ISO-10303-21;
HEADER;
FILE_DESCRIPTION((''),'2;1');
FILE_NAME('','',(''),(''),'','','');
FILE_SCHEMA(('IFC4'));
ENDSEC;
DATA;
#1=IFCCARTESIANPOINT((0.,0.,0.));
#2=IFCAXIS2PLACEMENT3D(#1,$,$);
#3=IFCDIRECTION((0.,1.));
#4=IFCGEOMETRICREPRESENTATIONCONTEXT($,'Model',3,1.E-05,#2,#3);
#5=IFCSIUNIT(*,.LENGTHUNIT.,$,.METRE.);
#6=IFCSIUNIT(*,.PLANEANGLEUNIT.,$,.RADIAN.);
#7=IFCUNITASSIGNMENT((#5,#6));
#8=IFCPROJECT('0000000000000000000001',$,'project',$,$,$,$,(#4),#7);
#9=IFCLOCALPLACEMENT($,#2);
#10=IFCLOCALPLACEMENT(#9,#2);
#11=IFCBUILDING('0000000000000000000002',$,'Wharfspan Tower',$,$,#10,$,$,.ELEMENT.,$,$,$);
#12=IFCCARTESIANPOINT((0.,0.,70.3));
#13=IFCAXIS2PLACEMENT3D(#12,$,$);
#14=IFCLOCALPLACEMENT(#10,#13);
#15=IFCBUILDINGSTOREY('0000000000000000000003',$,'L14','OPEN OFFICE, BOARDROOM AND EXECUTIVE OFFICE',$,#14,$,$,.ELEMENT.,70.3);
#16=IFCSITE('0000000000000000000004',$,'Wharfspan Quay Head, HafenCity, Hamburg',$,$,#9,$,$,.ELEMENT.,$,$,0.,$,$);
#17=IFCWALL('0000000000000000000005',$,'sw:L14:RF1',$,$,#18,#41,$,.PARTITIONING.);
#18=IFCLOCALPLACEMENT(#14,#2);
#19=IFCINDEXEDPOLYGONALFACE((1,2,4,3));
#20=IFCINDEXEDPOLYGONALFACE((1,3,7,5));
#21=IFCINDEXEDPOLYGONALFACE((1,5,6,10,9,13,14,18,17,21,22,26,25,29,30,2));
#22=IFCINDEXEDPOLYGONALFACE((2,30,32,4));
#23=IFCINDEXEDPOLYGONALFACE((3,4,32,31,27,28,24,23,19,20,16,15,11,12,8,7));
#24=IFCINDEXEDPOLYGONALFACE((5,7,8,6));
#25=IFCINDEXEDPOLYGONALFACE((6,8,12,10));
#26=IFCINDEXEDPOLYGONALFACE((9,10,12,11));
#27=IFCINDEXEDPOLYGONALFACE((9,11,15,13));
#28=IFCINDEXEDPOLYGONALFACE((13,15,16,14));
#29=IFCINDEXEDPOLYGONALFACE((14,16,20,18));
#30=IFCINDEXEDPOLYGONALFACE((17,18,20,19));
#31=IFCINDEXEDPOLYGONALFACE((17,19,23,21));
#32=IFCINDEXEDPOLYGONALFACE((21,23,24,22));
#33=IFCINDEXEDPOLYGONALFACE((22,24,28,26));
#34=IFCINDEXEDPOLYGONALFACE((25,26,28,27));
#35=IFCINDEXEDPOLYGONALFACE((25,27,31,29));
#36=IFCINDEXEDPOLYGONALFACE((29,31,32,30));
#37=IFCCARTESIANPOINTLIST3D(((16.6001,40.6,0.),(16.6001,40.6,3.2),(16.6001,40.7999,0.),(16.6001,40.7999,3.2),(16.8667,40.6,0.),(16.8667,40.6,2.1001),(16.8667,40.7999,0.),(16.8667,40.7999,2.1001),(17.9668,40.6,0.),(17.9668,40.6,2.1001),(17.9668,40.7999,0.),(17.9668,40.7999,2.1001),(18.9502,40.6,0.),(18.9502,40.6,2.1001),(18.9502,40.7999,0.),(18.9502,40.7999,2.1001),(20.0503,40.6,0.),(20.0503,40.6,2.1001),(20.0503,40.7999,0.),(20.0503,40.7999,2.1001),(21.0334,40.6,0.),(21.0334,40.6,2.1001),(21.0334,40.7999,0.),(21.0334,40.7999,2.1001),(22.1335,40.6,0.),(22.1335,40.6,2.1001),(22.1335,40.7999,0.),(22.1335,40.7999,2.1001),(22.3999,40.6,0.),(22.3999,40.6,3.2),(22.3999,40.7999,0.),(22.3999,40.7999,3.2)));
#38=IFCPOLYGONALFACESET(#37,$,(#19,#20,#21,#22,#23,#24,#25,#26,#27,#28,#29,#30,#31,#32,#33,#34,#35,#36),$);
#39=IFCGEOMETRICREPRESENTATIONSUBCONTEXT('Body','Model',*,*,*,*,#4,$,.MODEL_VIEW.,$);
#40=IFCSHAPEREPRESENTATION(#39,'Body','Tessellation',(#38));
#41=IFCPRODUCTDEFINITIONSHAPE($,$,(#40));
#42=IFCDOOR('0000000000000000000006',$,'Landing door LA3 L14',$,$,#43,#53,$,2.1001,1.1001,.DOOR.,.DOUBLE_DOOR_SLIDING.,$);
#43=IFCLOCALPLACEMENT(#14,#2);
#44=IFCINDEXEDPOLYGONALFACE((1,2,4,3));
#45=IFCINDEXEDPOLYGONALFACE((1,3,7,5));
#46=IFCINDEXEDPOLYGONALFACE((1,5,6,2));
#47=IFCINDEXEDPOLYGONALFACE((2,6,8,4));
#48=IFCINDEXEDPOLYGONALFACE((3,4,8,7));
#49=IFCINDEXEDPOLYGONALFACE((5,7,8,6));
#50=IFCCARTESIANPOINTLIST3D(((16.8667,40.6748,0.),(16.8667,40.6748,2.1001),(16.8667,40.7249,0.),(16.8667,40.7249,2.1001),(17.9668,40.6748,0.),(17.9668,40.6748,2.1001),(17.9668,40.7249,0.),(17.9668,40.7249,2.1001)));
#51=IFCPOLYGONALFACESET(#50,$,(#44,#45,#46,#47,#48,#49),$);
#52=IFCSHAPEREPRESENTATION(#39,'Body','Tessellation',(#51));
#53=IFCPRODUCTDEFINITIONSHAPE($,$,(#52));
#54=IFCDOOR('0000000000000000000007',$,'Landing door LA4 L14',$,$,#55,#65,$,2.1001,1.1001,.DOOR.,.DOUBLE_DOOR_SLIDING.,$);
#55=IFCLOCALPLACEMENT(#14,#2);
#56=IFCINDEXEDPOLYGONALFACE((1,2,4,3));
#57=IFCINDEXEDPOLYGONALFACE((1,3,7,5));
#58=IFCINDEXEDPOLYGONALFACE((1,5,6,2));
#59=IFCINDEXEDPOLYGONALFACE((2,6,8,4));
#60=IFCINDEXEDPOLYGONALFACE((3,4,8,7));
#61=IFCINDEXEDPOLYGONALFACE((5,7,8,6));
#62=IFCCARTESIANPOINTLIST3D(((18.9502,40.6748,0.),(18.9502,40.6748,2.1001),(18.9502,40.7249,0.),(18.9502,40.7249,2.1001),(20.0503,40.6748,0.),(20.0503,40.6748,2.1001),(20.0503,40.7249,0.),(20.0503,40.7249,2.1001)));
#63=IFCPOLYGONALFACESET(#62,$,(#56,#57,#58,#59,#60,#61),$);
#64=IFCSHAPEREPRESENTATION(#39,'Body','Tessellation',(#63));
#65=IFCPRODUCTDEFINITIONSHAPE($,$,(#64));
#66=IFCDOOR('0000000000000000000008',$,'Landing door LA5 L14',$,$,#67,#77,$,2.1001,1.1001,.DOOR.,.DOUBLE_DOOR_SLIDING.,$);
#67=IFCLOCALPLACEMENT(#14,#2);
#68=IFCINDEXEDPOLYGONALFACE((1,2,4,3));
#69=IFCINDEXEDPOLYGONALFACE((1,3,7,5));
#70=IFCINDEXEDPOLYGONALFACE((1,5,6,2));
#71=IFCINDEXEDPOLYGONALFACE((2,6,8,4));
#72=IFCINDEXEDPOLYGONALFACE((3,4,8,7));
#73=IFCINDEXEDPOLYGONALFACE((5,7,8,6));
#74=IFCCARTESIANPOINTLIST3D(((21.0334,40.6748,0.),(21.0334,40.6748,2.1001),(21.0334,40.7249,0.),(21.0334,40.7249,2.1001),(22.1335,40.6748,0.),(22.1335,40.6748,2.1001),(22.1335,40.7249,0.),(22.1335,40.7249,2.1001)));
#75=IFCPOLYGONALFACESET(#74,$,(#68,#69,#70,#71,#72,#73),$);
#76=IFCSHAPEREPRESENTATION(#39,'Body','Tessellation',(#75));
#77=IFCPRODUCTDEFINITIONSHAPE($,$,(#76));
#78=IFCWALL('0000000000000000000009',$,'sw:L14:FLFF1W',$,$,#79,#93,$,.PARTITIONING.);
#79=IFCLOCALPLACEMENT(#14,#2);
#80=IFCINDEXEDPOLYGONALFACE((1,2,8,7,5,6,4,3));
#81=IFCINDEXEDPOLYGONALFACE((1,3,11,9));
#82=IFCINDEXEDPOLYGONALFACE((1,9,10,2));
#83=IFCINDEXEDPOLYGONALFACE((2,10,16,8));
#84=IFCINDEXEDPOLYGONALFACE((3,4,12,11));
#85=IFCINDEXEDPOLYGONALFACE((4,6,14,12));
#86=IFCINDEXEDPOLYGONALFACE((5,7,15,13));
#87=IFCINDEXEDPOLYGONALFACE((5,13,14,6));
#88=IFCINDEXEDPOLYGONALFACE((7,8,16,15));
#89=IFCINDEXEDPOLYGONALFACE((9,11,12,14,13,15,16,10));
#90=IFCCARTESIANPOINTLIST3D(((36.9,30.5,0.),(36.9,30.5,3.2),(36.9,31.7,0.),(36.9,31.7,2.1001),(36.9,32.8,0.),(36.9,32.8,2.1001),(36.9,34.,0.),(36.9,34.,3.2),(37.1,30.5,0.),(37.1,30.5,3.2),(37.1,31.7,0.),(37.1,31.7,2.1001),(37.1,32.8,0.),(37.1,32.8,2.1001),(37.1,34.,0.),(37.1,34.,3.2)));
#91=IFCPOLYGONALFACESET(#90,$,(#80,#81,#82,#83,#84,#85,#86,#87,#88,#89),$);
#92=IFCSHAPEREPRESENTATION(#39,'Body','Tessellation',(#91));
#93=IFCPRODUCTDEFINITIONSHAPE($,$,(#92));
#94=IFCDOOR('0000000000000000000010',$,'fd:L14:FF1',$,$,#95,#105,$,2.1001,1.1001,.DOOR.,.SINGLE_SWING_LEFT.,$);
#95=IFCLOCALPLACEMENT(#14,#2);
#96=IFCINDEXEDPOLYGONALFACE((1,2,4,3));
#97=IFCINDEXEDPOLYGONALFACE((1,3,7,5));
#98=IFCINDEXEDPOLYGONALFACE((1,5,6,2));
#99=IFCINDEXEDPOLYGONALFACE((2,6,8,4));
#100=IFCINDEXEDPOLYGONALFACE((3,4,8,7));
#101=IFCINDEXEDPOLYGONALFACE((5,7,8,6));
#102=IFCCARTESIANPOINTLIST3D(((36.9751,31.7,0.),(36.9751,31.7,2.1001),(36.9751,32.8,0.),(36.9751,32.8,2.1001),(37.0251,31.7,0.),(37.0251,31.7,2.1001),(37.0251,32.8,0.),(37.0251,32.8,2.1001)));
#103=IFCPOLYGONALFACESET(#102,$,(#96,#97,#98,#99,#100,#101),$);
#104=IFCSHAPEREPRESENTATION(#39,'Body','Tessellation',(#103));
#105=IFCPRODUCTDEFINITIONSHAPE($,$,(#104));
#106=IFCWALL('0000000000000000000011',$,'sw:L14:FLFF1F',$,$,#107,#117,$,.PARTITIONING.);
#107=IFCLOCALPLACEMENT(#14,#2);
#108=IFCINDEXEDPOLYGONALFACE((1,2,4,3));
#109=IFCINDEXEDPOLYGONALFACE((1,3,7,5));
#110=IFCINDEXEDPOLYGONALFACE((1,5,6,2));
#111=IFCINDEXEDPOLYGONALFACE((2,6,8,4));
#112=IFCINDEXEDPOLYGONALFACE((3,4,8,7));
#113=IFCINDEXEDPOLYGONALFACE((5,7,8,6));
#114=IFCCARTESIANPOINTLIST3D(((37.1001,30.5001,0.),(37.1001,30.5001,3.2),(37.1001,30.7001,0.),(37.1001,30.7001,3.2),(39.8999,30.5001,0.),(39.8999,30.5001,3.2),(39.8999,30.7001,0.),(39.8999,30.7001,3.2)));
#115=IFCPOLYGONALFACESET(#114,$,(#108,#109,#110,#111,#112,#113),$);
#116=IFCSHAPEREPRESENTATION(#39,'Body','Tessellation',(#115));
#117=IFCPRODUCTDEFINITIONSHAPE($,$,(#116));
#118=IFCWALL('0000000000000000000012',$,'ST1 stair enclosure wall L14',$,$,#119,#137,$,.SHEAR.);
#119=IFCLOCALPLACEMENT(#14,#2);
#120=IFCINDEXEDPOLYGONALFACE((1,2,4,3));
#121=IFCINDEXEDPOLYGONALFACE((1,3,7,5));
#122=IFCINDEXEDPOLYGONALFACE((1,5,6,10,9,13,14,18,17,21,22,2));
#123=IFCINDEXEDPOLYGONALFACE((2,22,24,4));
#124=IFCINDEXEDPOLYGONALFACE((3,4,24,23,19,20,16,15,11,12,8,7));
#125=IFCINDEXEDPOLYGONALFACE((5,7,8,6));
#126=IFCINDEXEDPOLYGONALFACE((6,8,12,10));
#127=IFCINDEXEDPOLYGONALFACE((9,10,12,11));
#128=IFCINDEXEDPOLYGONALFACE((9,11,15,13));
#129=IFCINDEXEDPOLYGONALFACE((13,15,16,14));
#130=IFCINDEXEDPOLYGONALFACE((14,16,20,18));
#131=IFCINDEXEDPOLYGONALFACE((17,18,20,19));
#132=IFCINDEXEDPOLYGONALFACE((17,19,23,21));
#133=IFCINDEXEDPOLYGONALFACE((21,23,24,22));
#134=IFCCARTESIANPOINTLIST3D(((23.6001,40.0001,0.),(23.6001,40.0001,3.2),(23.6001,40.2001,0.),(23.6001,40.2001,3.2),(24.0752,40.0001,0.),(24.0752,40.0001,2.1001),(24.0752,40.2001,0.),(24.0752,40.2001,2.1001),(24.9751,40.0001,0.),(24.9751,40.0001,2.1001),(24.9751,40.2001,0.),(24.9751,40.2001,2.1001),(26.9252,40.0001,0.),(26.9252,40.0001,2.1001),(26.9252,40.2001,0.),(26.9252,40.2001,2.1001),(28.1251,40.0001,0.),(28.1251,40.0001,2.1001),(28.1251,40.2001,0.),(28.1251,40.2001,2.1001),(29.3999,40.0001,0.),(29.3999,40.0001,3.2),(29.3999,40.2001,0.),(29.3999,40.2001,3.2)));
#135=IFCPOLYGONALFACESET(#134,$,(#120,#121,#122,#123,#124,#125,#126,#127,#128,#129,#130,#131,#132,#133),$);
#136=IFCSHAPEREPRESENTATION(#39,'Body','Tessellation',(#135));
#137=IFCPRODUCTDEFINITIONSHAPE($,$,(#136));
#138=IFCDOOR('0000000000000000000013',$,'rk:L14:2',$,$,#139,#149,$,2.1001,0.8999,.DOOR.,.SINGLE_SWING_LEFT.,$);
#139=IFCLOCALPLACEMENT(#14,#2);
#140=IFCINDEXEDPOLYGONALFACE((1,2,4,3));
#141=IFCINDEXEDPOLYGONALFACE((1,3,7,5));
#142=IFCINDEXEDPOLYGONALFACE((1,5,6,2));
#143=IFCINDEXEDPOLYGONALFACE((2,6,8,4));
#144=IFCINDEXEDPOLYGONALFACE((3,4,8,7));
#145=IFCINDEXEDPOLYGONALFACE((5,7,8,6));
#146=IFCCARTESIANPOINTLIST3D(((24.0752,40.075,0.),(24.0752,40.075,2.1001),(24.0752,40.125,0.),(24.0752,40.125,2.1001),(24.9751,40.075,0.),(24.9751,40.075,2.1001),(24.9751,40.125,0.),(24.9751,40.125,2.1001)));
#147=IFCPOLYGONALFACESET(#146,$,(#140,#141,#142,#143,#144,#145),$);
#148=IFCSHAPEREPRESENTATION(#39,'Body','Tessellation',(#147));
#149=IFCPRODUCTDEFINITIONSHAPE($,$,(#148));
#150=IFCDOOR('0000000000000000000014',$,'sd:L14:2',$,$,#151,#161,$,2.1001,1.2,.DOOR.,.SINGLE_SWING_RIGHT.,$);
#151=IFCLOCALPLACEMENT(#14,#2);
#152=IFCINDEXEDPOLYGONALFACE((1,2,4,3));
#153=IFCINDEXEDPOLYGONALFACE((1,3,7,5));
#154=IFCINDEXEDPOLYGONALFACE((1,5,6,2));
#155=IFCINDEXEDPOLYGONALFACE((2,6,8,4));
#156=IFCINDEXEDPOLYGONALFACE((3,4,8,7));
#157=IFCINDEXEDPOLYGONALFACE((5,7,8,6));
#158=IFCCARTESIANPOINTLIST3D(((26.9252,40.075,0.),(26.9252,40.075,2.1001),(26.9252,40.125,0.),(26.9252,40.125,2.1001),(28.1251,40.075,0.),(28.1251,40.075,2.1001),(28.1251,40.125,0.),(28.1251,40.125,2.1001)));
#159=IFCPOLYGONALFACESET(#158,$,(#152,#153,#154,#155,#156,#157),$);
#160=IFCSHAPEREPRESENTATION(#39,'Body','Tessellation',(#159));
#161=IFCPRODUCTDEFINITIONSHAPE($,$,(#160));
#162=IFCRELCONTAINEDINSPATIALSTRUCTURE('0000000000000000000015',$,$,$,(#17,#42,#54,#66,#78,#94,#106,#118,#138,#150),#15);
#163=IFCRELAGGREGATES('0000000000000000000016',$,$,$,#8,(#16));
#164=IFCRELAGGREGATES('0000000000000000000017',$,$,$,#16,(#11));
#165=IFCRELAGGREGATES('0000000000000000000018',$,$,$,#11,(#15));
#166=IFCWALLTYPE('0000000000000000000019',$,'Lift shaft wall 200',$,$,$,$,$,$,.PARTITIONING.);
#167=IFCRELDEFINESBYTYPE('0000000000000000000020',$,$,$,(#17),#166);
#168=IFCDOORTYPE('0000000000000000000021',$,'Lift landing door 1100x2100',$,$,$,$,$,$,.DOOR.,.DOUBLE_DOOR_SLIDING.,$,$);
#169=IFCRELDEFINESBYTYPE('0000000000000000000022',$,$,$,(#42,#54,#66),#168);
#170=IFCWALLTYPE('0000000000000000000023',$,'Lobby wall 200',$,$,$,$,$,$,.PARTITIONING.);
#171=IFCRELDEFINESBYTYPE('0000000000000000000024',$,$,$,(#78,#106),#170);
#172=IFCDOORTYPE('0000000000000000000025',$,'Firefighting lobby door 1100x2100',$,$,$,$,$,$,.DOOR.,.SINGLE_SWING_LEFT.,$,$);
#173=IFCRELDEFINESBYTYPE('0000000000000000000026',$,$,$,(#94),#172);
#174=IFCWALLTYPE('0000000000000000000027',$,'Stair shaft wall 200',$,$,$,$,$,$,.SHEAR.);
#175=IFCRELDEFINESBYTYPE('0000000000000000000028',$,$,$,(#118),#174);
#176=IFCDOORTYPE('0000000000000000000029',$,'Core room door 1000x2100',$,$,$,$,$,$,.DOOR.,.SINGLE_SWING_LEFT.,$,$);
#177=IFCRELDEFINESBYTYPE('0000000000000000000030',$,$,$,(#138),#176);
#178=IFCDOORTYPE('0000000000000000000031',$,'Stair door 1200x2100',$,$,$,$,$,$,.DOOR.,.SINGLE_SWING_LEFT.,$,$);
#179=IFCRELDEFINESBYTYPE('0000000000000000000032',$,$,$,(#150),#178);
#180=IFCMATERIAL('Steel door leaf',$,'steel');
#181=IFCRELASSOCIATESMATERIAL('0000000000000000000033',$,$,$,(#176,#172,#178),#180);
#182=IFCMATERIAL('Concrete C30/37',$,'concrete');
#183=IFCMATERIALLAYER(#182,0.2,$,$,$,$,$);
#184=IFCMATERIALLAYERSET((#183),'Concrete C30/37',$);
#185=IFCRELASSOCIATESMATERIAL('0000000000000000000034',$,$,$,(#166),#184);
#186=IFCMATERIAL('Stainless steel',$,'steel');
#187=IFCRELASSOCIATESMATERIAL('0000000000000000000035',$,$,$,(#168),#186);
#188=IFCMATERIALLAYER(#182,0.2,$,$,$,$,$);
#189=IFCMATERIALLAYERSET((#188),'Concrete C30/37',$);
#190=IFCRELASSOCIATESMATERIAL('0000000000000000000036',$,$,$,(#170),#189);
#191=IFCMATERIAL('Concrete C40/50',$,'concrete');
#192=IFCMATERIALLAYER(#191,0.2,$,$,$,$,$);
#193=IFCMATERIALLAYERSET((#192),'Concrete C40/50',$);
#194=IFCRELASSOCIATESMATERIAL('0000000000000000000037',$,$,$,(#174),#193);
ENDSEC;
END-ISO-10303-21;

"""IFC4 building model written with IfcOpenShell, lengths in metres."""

from ifc_helpers import new_model, si_unit, direction, frame, frame_2d, origin, place, context, subcontext, project, spatial, rectangle, extrude, material, layer, layer_set, type_object, element, fill, save


model = new_model("IFC4")

# Units and contexts
model_context = context("Model", 3, precision=1e-05, world=origin(), true_north=direction((0.0, 1.0)))
body_context = subcontext(model_context, "Body", "Model", "MODEL_VIEW")
ifc_project = project(units=[si_unit("LENGTHUNIT", "METRE"), si_unit("PLANEANGLEUNIT", "RADIAN")], contexts=[model_context])

# Site, building, storey
site_placement = place(None, origin())
site = spatial("IfcSite", under=ifc_project, at=site_placement, Name="Wharfspan Quay Head, HafenCity, Hamburg", CompositionType="ELEMENT", RefElevation=0.0)
building_placement = place(site_placement, origin())
building = spatial("IfcBuilding", under=site, at=building_placement, Name="Wharfspan Tower", CompositionType="ELEMENT")
storey_placement = place(building_placement, frame((0.0, 0.0, 70.3)))
storey = spatial("IfcBuildingStorey", under=building, at=storey_placement, Name="L14", Description="OPEN OFFICE, BOARDROOM AND EXECUTIVE OFFICE", CompositionType="ELEMENT", Elevation=70.3)

# Shared definitions
ifc_material_1 = material(Name="Steel door leaf", Category="steel")
door_type_1 = type_object("IfcDoorType", Name="Core room door 1000x2100", OperationType="SINGLE_SWING_LEFT", PredefinedType="DOOR", material=ifc_material_1)

# Wall, openings, doors
ifc_material_2 = material(Name="Concrete C30/37", Category="concrete")
ifc_layer_1 = layer(ifc_material_2, 0.2)
ifc_layer_set_1 = layer_set([ifc_layer_1], Name="Concrete C30/37")
wall_type_1 = type_object("IfcWallType", Name="Lift shaft wall 200", PredefinedType="PARTITIONING", material=ifc_layer_set_1)
wall_1_placement = place(storey_placement, frame((16.6001, 40.7, 0.0), z_axis=(0.0, 0.0, 1.0), x_axis=(1.0, 0.0, 0.0)))
wall_1 = element("IfcWall", 1, at=wall_1_placement, inside=storey, type_object=wall_type_1, Name="sw:L14:RF1", PredefinedType="PARTITIONING", context=body_context, shape_type="SweptSolid", body=[
    extrude(rectangle(XDim=5.7998, YDim=0.2, at=frame_2d((2.8999, 0.0))), origin(), (0.0, 0.0, 1.0), 3.2),
])
opening_1_placement = place(wall_1_placement, frame((0.2666, 0.0, 0.0)))
opening_1 = element("IfcOpeningElement", 2, at=opening_1_placement, cuts=wall_1, PredefinedType="OPENING", context=body_context, shape_type="SweptSolid", body=[
    extrude(rectangle(XDim=1.1001, YDim=2.1001, at=frame_2d((0.55, 1.05))), frame((0.0, 0.1099, 0.0), z_axis=(0.0, -1.0, 0.0), x_axis=(1.0, 0.0, 0.0)), (0.0, 0.0, 1.0), 0.22),
])
opening_2_placement = place(wall_1_placement, frame((2.3501, 0.0, 0.0)))
opening_2 = element("IfcOpeningElement", 3, at=opening_2_placement, cuts=wall_1, PredefinedType="OPENING", context=body_context, shape_type="SweptSolid", body=[
    extrude(rectangle(XDim=1.1001, YDim=2.1001, at=frame_2d((0.55, 1.05))), frame((0.0, 0.1099, 0.0), z_axis=(0.0, -1.0, 0.0), x_axis=(1.0, 0.0, 0.0)), (0.0, 0.0, 1.0), 0.22),
])
opening_3_placement = place(wall_1_placement, frame((4.4333, 0.0, 0.0)))
opening_3 = element("IfcOpeningElement", 4, at=opening_3_placement, cuts=wall_1, PredefinedType="OPENING", context=body_context, shape_type="SweptSolid", body=[
    extrude(rectangle(XDim=1.1001, YDim=2.1001, at=frame_2d((0.55, 1.05))), frame((0.0, 0.1099, 0.0), z_axis=(0.0, -1.0, 0.0), x_axis=(1.0, 0.0, 0.0)), (0.0, 0.0, 1.0), 0.22),
])
ifc_material_3 = material(Name="Stainless steel", Category="steel")
door_type_2 = type_object("IfcDoorType", Name="Lift landing door 1100x2100", OperationType="DOUBLE_DOOR_SLIDING", PredefinedType="DOOR", material=ifc_material_3)
door_1_placement = place(opening_1_placement, origin())
door_1 = element("IfcDoor", 5, at=door_1_placement, inside=storey, type_object=door_type_2, Name="Landing door LA3 L14", OperationType="DOUBLE_DOOR_SLIDING", OverallHeight=2.1001, OverallWidth=1.1001, PredefinedType="DOOR", context=body_context, shape_type="SweptSolid", body=[
    extrude(rectangle(XDim=1.1001, YDim=2.1001, at=frame_2d((0.55, 1.05))), frame((0.0, 0.0249, 0.0), z_axis=(0.0, -1.0, 0.0), x_axis=(1.0, 0.0, 0.0)), (0.0, 0.0, 1.0), 0.05),
])
fill(opening_1, door_1)
door_2_placement = place(opening_2_placement, origin())
door_2 = element("IfcDoor", 6, at=door_2_placement, inside=storey, type_object=door_type_2, Name="Landing door LA4 L14", OperationType="DOUBLE_DOOR_SLIDING", OverallHeight=2.1001, OverallWidth=1.1001, PredefinedType="DOOR", context=body_context, shape_type="SweptSolid", body=[
    extrude(rectangle(XDim=1.1001, YDim=2.1001, at=frame_2d((0.55, 1.05))), frame((0.0, 0.0249, 0.0), z_axis=(0.0, -1.0, 0.0), x_axis=(1.0, 0.0, 0.0)), (0.0, 0.0, 1.0), 0.05),
])
fill(opening_2, door_2)
door_3_placement = place(opening_3_placement, origin())
door_3 = element("IfcDoor", 7, at=door_3_placement, inside=storey, type_object=door_type_2, Name="Landing door LA5 L14", OperationType="DOUBLE_DOOR_SLIDING", OverallHeight=2.1001, OverallWidth=1.1001, PredefinedType="DOOR", context=body_context, shape_type="SweptSolid", body=[
    extrude(rectangle(XDim=1.1001, YDim=2.1001, at=frame_2d((0.55, 1.05))), frame((0.0, 0.0249, 0.0), z_axis=(0.0, -1.0, 0.0), x_axis=(1.0, 0.0, 0.0)), (0.0, 0.0, 1.0), 0.05),
])
fill(opening_3, door_3)

# Wall, opening, door
ifc_layer_2 = layer(ifc_material_2, 0.2)
ifc_layer_set_2 = layer_set([ifc_layer_2], Name="Concrete C30/37")
wall_type_2 = type_object("IfcWallType", Name="Lobby wall 200", PredefinedType="PARTITIONING", material=ifc_layer_set_2)
wall_2_placement = place(storey_placement, frame((37.0, 30.5, 0.0), z_axis=(0.0, 0.0, 1.0), x_axis=(0.0, 1.0, 0.0)))
wall_2 = element("IfcWall", 8, at=wall_2_placement, inside=storey, type_object=wall_type_2, Name="sw:L14:FLFF1W", PredefinedType="PARTITIONING", context=body_context, shape_type="SweptSolid", body=[
    extrude(rectangle(XDim=3.5, YDim=0.2, at=frame_2d((1.75, 0.0))), origin(), (0.0, 0.0, 1.0), 3.2),
])
opening_4_placement = place(wall_2_placement, frame((1.2, 0.0, 0.0)))
opening_4 = element("IfcOpeningElement", 9, at=opening_4_placement, cuts=wall_2, PredefinedType="OPENING", context=body_context, shape_type="SweptSolid", body=[
    extrude(rectangle(XDim=1.1001, YDim=2.1001, at=frame_2d((0.55, 1.05))), frame((0.0, 0.1099, 0.0), z_axis=(0.0, -1.0, 0.0), x_axis=(1.0, 0.0, 0.0)), (0.0, 0.0, 1.0), 0.22),
])
door_type_3 = type_object("IfcDoorType", Name="Firefighting lobby door 1100x2100", OperationType="SINGLE_SWING_LEFT", PredefinedType="DOOR", material=ifc_material_1)
door_4_placement = place(opening_4_placement, origin())
door_4 = element("IfcDoor", 10, at=door_4_placement, inside=storey, type_object=door_type_3, Name="fd:L14:FF1", OperationType="SINGLE_SWING_LEFT", OverallHeight=2.1001, OverallWidth=1.1001, PredefinedType="DOOR", context=body_context, shape_type="SweptSolid", body=[
    extrude(rectangle(XDim=1.1001, YDim=2.1001, at=frame_2d((0.55, 1.05))), frame((0.0, 0.0249, 0.0), z_axis=(0.0, -1.0, 0.0), x_axis=(1.0, 0.0, 0.0)), (0.0, 0.0, 1.0), 0.05),
])
fill(opening_4, door_4)

# Wall
wall_3_placement = place(storey_placement, frame((37.1001, 30.6001, 0.0), z_axis=(0.0, 0.0, 1.0), x_axis=(1.0, 0.0, 0.0)))
element("IfcWall", 11, at=wall_3_placement, inside=storey, type_object=wall_type_2, Name="sw:L14:FLFF1F", PredefinedType="PARTITIONING", context=body_context, shape_type="SweptSolid", body=[
    extrude(rectangle(XDim=2.7998, YDim=0.2, at=frame_2d((1.3999, 0.0))), origin(), (0.0, 0.0, 1.0), 3.2),
])

# Wall, openings, doors
ifc_material_4 = material(Name="Concrete C40/50", Category="concrete")
ifc_layer_3 = layer(ifc_material_4, 0.2)
ifc_layer_set_3 = layer_set([ifc_layer_3], Name="Concrete C40/50")
wall_type_3 = type_object("IfcWallType", Name="Stair shaft wall 200", PredefinedType="SHEAR", material=ifc_layer_set_3)
wall_4_placement = place(storey_placement, frame((23.6001, 40.1001, 0.0), z_axis=(0.0, 0.0, 1.0), x_axis=(1.0, 0.0, 0.0)))
wall_4 = element("IfcWall", 12, at=wall_4_placement, inside=storey, type_object=wall_type_3, Name="ST1 stair enclosure wall L14", PredefinedType="SHEAR", context=body_context, shape_type="SweptSolid", body=[
    extrude(rectangle(XDim=5.7998, YDim=0.2, at=frame_2d((2.8999, 0.0))), origin(), (0.0, 0.0, 1.0), 3.2),
])
opening_5_placement = place(wall_4_placement, frame((3.325, 0.0, 0.0)))
opening_5 = element("IfcOpeningElement", 13, at=opening_5_placement, cuts=wall_4, PredefinedType="OPENING", context=body_context, shape_type="SweptSolid", body=[
    extrude(rectangle(XDim=1.2, YDim=2.1001, at=frame_2d((0.6001, 1.05))), frame((0.0, 0.1099, 0.0), z_axis=(0.0, -1.0, 0.0), x_axis=(1.0, 0.0, 0.0)), (0.0, 0.0, 1.0), 0.22),
])
opening_6_placement = place(wall_4_placement, frame((0.4751, 0.0, 0.0)))
opening_6 = element("IfcOpeningElement", 14, at=opening_6_placement, cuts=wall_4, PredefinedType="OPENING", context=body_context, shape_type="SweptSolid", body=[
    extrude(rectangle(XDim=0.8999, YDim=2.1001, at=frame_2d((0.45, 1.05))), frame((0.0, 0.1099, 0.0), z_axis=(0.0, -1.0, 0.0), x_axis=(1.0, 0.0, 0.0)), (0.0, 0.0, 1.0), 0.22),
])
door_5_placement = place(opening_6_placement, origin())
door_5 = element("IfcDoor", 15, at=door_5_placement, inside=storey, type_object=door_type_1, Name="rk:L14:2", OperationType="SINGLE_SWING_LEFT", OverallHeight=2.1001, OverallWidth=0.8999, PredefinedType="DOOR", context=body_context, shape_type="SweptSolid", body=[
    extrude(rectangle(XDim=0.8999, YDim=2.1001, at=frame_2d((0.45, 1.05))), frame((0.0, 0.0249, 0.0), z_axis=(0.0, -1.0, 0.0), x_axis=(1.0, 0.0, 0.0)), (0.0, 0.0, 1.0), 0.05),
])
fill(opening_6, door_5)
door_type_4 = type_object("IfcDoorType", Name="Stair door 1200x2100", OperationType="SINGLE_SWING_LEFT", PredefinedType="DOOR", material=ifc_material_1)
door_6_placement = place(opening_5_placement, origin())
door_6 = element("IfcDoor", 16, at=door_6_placement, inside=storey, type_object=door_type_4, Name="sd:L14:2", OperationType="SINGLE_SWING_RIGHT", OverallHeight=2.1001, OverallWidth=1.2, PredefinedType="DOOR", context=body_context, shape_type="SweptSolid", body=[
    extrude(rectangle(XDim=1.2, YDim=2.1001, at=frame_2d((0.6001, 1.05))), frame((0.0, 0.0249, 0.0), z_axis=(0.0, -1.0, 0.0), x_axis=(1.0, 0.0, 0.0)), (0.0, 0.0, 1.0), 0.05),
])
fill(opening_5, door_6)

save(model, "model.ifc")
